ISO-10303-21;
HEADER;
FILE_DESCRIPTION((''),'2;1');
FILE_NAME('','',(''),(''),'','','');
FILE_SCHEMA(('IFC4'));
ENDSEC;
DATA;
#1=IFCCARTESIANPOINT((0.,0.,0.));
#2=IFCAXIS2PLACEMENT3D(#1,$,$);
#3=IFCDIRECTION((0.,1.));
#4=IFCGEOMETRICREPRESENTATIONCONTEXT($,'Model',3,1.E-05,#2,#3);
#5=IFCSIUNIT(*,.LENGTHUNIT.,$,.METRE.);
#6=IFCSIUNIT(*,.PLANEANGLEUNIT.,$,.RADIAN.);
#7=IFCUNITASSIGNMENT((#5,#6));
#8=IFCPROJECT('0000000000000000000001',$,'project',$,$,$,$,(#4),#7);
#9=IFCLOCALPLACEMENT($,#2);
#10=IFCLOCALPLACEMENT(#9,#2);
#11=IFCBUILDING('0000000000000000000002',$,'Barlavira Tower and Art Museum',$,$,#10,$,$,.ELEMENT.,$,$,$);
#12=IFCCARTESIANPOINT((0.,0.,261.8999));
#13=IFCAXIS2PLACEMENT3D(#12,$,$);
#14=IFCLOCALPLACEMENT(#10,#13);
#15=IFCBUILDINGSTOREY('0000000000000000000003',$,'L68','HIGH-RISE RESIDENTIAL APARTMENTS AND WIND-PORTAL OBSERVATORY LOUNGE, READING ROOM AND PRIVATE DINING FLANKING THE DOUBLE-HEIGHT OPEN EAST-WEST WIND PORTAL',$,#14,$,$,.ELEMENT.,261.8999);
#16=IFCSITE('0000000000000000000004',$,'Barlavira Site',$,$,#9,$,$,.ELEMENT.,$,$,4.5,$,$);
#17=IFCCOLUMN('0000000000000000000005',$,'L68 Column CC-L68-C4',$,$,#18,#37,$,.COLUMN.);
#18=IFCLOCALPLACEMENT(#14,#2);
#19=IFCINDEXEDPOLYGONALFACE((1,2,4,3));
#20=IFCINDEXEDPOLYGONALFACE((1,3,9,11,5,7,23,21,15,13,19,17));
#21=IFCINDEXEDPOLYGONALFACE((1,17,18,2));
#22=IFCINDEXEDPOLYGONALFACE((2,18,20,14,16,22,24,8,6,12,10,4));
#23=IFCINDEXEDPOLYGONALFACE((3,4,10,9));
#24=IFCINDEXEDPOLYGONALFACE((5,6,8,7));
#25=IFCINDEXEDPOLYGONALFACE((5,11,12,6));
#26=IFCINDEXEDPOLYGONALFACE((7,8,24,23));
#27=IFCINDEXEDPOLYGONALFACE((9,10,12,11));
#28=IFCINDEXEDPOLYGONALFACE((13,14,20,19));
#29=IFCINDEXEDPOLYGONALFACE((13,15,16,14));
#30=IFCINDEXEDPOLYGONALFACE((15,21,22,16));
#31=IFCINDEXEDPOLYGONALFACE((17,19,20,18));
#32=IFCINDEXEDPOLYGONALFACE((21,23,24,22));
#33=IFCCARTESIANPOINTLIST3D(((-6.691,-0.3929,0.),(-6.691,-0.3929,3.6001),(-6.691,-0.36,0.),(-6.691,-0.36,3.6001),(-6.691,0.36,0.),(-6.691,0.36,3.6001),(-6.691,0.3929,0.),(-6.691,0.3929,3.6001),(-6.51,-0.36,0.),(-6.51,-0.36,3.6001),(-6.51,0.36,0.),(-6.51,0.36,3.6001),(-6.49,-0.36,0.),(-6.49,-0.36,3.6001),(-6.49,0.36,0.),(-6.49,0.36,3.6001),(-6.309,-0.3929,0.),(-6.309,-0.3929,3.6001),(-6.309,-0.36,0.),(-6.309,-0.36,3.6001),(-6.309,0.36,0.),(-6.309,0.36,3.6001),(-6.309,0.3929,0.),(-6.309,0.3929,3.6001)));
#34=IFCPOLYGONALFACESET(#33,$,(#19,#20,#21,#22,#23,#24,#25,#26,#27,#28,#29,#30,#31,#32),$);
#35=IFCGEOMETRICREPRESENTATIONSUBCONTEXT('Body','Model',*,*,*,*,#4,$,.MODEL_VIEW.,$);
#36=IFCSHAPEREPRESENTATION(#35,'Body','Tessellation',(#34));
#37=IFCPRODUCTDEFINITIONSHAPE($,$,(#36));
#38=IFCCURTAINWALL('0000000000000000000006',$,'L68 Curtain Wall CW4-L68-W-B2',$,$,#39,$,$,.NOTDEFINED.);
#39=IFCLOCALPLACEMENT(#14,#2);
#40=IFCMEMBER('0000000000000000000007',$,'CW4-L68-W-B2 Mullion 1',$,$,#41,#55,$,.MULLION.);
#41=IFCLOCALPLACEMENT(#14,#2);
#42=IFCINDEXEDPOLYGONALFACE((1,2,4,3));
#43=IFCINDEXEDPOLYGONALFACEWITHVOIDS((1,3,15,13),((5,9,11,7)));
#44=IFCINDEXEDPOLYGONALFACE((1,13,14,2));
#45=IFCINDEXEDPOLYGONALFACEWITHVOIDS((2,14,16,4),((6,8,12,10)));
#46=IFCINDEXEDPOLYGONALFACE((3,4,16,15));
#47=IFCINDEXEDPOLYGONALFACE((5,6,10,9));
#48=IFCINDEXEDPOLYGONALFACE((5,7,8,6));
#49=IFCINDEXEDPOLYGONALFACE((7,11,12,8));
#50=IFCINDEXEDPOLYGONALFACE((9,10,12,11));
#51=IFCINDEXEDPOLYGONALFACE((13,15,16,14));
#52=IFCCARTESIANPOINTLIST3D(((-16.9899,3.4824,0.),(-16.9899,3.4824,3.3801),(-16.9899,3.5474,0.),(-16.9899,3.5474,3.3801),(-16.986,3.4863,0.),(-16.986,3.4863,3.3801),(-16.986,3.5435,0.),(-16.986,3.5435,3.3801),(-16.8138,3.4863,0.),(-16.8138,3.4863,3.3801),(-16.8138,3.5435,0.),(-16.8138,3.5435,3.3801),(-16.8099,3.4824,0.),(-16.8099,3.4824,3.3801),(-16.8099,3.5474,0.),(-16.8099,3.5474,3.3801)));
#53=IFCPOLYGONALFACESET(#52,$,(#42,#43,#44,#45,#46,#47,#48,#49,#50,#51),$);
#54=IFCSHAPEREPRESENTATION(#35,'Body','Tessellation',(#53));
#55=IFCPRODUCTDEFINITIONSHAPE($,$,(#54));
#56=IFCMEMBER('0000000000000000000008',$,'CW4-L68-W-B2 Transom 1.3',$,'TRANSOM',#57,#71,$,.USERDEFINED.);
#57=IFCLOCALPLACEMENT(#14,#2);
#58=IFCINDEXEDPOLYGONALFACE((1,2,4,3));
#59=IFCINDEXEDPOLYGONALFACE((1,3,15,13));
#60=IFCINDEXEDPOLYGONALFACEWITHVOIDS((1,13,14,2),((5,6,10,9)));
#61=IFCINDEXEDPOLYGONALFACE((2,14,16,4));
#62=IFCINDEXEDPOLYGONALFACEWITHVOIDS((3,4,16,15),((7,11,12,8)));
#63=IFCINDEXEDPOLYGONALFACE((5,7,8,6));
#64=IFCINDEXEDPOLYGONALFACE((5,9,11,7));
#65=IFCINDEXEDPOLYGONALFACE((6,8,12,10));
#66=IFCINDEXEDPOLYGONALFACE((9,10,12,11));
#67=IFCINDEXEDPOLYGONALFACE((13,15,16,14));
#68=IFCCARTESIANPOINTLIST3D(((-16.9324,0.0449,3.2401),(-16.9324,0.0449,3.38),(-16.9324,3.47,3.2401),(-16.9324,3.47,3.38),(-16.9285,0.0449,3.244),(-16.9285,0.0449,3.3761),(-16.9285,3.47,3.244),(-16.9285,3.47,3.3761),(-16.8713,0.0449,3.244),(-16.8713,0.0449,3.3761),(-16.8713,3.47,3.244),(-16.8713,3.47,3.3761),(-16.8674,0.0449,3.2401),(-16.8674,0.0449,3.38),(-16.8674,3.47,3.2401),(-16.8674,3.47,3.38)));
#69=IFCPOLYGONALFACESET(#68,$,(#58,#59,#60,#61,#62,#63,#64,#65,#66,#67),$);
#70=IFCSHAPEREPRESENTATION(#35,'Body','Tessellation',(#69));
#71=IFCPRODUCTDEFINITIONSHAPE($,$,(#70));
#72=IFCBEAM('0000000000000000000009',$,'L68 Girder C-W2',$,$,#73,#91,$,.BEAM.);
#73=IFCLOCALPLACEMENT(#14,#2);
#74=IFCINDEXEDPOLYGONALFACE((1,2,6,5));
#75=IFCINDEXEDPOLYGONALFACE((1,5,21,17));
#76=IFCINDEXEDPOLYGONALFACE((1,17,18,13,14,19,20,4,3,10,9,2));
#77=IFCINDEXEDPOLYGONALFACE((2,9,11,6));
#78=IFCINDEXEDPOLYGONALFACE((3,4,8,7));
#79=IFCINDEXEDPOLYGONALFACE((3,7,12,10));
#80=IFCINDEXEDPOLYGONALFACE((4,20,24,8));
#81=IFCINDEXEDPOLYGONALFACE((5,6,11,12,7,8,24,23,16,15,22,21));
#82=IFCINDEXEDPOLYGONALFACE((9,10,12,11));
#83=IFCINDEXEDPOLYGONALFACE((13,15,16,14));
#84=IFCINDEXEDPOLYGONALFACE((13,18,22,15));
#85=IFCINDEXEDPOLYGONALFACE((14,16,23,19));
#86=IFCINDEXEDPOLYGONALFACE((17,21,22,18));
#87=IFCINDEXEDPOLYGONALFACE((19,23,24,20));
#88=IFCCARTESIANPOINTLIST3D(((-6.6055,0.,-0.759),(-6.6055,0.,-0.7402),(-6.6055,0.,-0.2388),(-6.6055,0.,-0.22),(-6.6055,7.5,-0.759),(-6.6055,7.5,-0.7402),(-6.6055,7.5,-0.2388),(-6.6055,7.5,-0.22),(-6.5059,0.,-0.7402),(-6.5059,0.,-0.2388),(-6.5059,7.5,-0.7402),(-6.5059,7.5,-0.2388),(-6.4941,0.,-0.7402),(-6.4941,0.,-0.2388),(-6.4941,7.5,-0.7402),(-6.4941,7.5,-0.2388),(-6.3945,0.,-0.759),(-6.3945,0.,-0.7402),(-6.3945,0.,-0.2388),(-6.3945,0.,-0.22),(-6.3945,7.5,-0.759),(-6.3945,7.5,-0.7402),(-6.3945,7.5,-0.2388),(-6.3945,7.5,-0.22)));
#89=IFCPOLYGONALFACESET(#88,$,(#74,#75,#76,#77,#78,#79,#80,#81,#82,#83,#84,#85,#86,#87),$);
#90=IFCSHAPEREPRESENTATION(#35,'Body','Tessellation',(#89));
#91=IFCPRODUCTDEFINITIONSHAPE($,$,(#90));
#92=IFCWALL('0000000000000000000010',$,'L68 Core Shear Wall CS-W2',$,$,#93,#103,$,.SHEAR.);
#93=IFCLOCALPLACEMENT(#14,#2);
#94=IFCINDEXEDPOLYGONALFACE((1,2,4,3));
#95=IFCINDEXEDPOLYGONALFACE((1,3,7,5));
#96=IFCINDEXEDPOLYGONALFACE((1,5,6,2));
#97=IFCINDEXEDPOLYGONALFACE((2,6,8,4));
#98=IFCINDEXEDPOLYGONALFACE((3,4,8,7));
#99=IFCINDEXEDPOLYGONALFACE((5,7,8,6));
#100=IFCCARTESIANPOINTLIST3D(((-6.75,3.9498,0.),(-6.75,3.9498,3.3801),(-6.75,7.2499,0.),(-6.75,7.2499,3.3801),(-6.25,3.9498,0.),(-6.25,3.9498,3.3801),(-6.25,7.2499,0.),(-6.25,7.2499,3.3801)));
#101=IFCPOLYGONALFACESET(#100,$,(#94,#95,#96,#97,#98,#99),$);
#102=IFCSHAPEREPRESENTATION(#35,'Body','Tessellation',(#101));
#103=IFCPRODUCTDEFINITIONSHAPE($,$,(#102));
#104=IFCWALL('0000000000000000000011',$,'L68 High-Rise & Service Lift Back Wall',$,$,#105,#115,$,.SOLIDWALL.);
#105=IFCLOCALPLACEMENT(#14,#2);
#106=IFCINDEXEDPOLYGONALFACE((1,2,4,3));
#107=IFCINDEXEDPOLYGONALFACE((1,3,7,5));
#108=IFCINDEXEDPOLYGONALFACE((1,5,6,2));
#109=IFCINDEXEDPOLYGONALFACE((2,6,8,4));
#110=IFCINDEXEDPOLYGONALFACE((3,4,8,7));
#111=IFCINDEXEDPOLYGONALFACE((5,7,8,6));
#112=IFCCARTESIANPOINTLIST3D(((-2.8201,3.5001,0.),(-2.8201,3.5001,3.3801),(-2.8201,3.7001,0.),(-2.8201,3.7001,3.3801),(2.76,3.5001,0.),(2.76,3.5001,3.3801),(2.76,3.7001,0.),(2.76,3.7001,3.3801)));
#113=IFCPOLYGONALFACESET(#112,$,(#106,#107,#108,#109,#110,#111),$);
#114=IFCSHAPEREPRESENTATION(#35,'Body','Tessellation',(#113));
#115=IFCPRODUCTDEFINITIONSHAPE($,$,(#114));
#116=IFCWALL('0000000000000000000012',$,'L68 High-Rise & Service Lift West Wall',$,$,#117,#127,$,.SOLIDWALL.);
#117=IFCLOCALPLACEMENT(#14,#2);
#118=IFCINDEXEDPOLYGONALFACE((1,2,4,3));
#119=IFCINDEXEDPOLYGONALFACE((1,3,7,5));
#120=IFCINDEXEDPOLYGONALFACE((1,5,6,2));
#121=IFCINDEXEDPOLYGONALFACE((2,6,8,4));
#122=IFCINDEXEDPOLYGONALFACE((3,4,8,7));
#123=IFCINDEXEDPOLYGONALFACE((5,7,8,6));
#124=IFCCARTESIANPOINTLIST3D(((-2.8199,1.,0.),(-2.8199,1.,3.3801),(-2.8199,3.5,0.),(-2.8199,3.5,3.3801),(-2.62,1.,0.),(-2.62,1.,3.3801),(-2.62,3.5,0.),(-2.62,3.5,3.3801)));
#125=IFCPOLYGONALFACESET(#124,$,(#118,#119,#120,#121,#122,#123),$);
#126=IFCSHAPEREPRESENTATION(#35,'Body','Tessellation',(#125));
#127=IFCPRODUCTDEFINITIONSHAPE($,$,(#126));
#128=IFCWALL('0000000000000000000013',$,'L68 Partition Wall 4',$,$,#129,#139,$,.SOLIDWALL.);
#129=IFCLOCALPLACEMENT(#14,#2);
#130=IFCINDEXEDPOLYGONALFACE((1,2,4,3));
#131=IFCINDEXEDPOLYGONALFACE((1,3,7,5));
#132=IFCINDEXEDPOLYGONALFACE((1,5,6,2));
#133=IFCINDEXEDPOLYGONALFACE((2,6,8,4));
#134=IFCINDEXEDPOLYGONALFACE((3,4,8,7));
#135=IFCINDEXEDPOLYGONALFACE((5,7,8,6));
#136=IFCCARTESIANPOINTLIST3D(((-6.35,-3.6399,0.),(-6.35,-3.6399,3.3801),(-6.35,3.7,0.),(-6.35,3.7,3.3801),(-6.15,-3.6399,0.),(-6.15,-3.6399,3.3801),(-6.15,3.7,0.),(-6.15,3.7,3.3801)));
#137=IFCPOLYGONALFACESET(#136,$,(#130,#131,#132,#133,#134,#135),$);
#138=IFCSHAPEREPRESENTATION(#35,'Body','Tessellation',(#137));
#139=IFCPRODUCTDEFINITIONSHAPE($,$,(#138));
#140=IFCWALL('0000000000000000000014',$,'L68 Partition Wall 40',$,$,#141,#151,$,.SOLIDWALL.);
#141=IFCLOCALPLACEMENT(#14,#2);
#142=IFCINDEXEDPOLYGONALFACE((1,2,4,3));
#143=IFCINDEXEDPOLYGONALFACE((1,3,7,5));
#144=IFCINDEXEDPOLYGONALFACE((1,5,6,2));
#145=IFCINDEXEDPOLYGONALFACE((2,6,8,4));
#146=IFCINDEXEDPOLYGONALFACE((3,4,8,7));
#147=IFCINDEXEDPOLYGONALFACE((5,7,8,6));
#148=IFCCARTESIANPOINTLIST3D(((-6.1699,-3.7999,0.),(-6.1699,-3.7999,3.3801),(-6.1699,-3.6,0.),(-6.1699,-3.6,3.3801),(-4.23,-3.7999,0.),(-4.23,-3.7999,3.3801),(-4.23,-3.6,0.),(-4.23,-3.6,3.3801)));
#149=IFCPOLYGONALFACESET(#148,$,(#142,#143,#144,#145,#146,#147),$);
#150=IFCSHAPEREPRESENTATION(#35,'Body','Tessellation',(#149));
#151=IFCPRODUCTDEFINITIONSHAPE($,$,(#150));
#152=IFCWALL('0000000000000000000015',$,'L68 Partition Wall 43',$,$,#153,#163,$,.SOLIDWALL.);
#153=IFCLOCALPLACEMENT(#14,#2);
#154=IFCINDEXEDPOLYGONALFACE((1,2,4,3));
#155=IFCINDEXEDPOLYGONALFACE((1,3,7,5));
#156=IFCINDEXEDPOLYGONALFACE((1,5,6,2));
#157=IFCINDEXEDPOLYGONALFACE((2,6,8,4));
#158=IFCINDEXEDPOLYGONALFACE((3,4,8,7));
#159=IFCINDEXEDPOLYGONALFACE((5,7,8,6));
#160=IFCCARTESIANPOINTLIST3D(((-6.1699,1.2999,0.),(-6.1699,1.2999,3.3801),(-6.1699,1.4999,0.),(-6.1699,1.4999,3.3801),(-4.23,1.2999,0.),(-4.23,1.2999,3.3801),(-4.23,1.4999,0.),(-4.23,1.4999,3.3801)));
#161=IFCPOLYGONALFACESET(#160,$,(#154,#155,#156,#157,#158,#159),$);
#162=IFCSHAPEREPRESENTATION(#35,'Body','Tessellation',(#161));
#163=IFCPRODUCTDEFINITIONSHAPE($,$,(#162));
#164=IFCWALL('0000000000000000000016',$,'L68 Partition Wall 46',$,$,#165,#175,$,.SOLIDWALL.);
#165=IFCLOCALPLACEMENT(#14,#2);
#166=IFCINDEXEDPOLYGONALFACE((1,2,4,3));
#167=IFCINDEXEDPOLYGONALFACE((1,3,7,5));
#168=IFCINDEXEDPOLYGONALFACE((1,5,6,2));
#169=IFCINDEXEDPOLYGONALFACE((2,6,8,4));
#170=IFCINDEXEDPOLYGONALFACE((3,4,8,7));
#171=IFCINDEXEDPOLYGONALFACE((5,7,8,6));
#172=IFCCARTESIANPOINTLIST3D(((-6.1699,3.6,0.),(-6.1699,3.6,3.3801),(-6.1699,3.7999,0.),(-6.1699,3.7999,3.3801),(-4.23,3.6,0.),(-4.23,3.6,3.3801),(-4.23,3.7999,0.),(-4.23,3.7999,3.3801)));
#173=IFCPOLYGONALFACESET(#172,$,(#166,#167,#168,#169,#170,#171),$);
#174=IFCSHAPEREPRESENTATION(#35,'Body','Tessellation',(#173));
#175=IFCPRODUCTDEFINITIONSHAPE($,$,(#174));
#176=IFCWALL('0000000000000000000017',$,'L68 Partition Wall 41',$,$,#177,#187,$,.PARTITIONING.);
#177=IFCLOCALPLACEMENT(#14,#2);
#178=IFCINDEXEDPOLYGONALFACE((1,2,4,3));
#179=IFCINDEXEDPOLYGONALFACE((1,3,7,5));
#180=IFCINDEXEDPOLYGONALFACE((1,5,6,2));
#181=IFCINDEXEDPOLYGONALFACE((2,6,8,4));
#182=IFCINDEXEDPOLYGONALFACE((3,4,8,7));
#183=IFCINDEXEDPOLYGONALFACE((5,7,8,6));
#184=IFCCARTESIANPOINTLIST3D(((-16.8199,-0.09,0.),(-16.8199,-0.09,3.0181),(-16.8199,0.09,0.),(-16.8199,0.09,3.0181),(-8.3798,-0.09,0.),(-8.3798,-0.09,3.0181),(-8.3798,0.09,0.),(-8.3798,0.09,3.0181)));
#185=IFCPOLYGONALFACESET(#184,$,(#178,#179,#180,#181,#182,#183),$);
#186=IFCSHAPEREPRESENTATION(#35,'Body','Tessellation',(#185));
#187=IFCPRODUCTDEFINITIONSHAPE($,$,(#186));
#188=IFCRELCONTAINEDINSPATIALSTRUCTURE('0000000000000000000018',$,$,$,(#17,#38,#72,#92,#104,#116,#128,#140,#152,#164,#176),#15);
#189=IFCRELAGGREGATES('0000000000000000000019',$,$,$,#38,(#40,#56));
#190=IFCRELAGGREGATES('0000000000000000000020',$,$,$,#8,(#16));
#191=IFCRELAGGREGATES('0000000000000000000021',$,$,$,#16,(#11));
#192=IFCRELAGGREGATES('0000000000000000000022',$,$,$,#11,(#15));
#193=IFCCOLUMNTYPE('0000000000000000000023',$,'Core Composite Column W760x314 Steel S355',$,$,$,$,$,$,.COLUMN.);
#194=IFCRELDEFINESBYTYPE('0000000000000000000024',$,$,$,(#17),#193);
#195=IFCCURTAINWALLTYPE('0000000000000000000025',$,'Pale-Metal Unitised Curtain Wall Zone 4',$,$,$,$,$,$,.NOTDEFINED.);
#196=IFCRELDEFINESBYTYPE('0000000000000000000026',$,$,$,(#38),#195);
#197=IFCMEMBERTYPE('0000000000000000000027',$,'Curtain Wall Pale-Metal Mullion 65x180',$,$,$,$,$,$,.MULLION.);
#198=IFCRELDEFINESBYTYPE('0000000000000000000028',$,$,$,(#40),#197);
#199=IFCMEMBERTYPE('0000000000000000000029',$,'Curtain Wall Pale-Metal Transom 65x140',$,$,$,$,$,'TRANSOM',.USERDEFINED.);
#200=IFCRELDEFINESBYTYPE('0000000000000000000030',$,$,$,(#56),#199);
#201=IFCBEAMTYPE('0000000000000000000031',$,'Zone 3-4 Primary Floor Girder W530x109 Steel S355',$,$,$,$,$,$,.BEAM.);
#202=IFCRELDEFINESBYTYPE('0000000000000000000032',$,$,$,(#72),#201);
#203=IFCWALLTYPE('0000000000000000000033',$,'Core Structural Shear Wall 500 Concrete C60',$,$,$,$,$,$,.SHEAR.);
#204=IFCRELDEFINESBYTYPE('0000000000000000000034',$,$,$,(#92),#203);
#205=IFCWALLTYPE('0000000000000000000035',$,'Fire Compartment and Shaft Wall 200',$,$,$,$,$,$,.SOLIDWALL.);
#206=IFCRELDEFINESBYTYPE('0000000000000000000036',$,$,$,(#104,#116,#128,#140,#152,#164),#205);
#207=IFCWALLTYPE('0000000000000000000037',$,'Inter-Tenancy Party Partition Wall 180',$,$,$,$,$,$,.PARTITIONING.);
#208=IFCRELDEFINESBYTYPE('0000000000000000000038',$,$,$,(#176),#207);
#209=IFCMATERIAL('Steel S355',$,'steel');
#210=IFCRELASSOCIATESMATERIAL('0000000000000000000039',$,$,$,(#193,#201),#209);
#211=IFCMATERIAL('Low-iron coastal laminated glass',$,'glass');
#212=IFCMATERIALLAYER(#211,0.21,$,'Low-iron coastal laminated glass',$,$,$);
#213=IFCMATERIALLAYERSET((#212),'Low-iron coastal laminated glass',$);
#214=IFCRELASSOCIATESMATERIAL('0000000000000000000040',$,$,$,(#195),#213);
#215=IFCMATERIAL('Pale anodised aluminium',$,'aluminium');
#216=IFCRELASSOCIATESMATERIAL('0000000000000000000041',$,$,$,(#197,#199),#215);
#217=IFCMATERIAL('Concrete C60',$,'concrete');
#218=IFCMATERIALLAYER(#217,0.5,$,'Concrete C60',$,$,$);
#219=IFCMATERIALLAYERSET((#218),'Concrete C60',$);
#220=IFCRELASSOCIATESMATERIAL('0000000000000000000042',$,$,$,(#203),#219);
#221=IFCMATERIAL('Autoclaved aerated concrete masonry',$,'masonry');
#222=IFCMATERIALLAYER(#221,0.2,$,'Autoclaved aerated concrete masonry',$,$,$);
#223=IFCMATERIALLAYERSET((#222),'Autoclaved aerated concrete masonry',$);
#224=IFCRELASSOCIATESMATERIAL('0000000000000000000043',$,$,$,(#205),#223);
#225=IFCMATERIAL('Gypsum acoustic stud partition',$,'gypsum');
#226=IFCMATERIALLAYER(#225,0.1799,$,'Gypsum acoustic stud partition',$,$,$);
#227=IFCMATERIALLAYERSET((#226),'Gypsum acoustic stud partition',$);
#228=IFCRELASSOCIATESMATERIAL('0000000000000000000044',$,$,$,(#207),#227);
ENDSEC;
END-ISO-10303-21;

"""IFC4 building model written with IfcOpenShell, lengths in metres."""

from ifc_helpers import new_model, si_unit, direction, frame, frame_2d, origin, origin_2d, place, context, subcontext, project, spatial, rectangle, hollow_rectangle, i_section, extrude, material, layer, layer_set, material_profile, profile_set, type_object, element, aggregate, save


model = new_model("IFC4")

# Units and contexts
model_context = context("Model", 3, precision=1e-05, world=origin(), true_north=direction((0.0, 1.0)))
body_context = subcontext(model_context, "Body", "Model", "MODEL_VIEW")
ifc_project = project(units=[si_unit("LENGTHUNIT", "METRE"), si_unit("PLANEANGLEUNIT", "RADIAN")], contexts=[model_context])

# Site, building, storey
site_placement = place(None, origin())
site = spatial("IfcSite", under=ifc_project, at=site_placement, Name="Barlavira Site", CompositionType="ELEMENT", RefElevation=4.5)
building_placement = place(site_placement, origin())
building = spatial("IfcBuilding", under=site, at=building_placement, Name="Barlavira Tower and Art Museum", CompositionType="ELEMENT")
storey_placement = place(building_placement, frame((0.0, 0.0, 261.8999)))
storey = spatial("IfcBuildingStorey", under=building, at=storey_placement, Name="L68", Description="HIGH-RISE RESIDENTIAL APARTMENTS AND WIND-PORTAL OBSERVATORY LOUNGE, READING ROOM AND PRIVATE DINING FLANKING THE DOUBLE-HEIGHT OPEN EAST-WEST WIND PORTAL", CompositionType="ELEMENT", Elevation=261.8999)

# Column
ifc_material_1 = material(Name="Steel S355", Category="steel")
ifc_material_profile_1 = material_profile(ifc_material_1, i_section(OverallWidth=0.3821, OverallDepth=0.7859, WebThickness=0.02, FlangeThickness=0.033, at=origin_2d()), Name="W760x314.0")
ifc_profile_set_1 = profile_set([ifc_material_profile_1], Name="Steel S355")
column_type = type_object("IfcColumnType", Name="Core Composite Column W760x314 Steel S355", PredefinedType="COLUMN", material=ifc_profile_set_1)
column_placement = place(storey_placement, frame((-6.5, 0.0, 0.0), z_axis=(0.0, 0.0, 1.0), x_axis=(1.0, 0.0, 0.0)))
element("IfcColumn", 1, at=column_placement, inside=storey, type_object=column_type, Name="L68 Column CC-L68-C4", PredefinedType="COLUMN", context=body_context, shape_type="SweptSolid", body=[
    extrude(i_section(OverallWidth=0.3821, OverallDepth=0.7859, WebThickness=0.02, FlangeThickness=0.033, at=origin_2d()), origin(), (0.0, 0.0, 1.0), 3.6001),
])

# Curtain wall, members
ifc_material_2 = material(Name="Low-iron coastal laminated glass", Category="glass")
ifc_layer_1 = layer(ifc_material_2, 0.21, Name="Low-iron coastal laminated glass")
ifc_layer_set_1 = layer_set([ifc_layer_1], Name="Low-iron coastal laminated glass")
curtain_wall_type = type_object("IfcCurtainWallType", Name="Pale-Metal Unitised Curtain Wall Zone 4", PredefinedType="NOTDEFINED", material=ifc_layer_set_1)
curtain_wall_placement = place(storey_placement, origin())
curtain_wall = element("IfcCurtainWall", 2, at=curtain_wall_placement, inside=storey, type_object=curtain_wall_type, Name="L68 Curtain Wall CW4-L68-W-B2", PredefinedType="NOTDEFINED")
ifc_material_3 = material(Name="Pale anodised aluminium", Category="aluminium")
ifc_material_profile_2 = material_profile(ifc_material_3, hollow_rectangle(XDim=0.0649, YDim=0.1799, WallThickness=0.0039, at=origin_2d()), Name="ALU-MULL 65x180x4")
ifc_profile_set_2 = profile_set([ifc_material_profile_2], Name="Pale anodised aluminium")
member_type_1 = type_object("IfcMemberType", Name="Curtain Wall Pale-Metal Mullion 65x180", PredefinedType="MULLION", material=ifc_profile_set_2)
member_1_placement = place(storey_placement, frame((-16.8999, 3.5149, 0.0), z_axis=(0.0, 0.0, 1.0), x_axis=(0.0, -1.0, 0.0)))
member_1 = element("IfcMember", 3, at=member_1_placement, type_object=member_type_1, Name="CW4-L68-W-B2 Mullion 1", PredefinedType="MULLION", context=body_context, shape_type="SweptSolid", body=[
    extrude(hollow_rectangle(XDim=0.0649, YDim=0.1799, WallThickness=0.0039, at=origin_2d()), origin(), (0.0, 0.0, 1.0), 3.3801),
])
ifc_material_profile_3 = material_profile(ifc_material_3, hollow_rectangle(XDim=0.0649, YDim=0.1399, WallThickness=0.0039, at=origin_2d()), Name="ALU-TRAN 65x140x4")
ifc_profile_set_3 = profile_set([ifc_material_profile_3], Name="Pale anodised aluminium")
member_type_2 = type_object("IfcMemberType", Name="Curtain Wall Pale-Metal Transom 65x140", ElementType="TRANSOM", PredefinedType="USERDEFINED", material=ifc_profile_set_3)
member_2_placement = place(storey_placement, frame((-16.8999, 3.47, 3.3101), z_axis=(0.0, -1.0, 0.0), x_axis=(1.0, 0.0, 0.0)))
member_2 = element("IfcMember", 4, at=member_2_placement, type_object=member_type_2, Name="CW4-L68-W-B2 Transom 1.3", ObjectType="TRANSOM", PredefinedType="USERDEFINED", context=body_context, shape_type="SweptSolid", body=[
    extrude(hollow_rectangle(XDim=0.0649, YDim=0.1399, WallThickness=0.0039, at=origin_2d()), origin(), (0.0, 0.0, 1.0), 3.425),
])
aggregate(curtain_wall, [member_1, member_2])

# Beam
ifc_material_profile_4 = material_profile(ifc_material_1, i_section(OverallWidth=0.2109, OverallDepth=0.5391, WebThickness=0.0117, FlangeThickness=0.0188, at=origin_2d()), Name="W530x109.0")
ifc_profile_set_4 = profile_set([ifc_material_profile_4], Name="Steel S355")
beam_type = type_object("IfcBeamType", Name="Zone 3-4 Primary Floor Girder W530x109 Steel S355", PredefinedType="BEAM", material=ifc_profile_set_4)
beam_placement = place(storey_placement, frame((-6.5, 0.0, -0.4895), z_axis=(0.0, 1.0, 0.0), x_axis=(-1.0, 0.0, 0.0)))
element("IfcBeam", 5, at=beam_placement, inside=storey, type_object=beam_type, Name="L68 Girder C-W2", PredefinedType="BEAM", context=body_context, shape_type="SweptSolid", body=[
    extrude(i_section(OverallWidth=0.2109, OverallDepth=0.5391, WebThickness=0.0117, FlangeThickness=0.0188, at=origin_2d()), origin(), (0.0, 0.0, 1.0), 7.5),
])

# Wall
ifc_material_4 = material(Name="Concrete C60", Category="concrete")
ifc_layer_2 = layer(ifc_material_4, 0.5, Name="Concrete C60")
ifc_layer_set_2 = layer_set([ifc_layer_2], Name="Concrete C60")
wall_type_1 = type_object("IfcWallType", Name="Core Structural Shear Wall 500 Concrete C60", PredefinedType="SHEAR", material=ifc_layer_set_2)
wall_1_placement = place(storey_placement, frame((-6.5, 3.95, 0.0), z_axis=(0.0, 0.0, 1.0), x_axis=(0.0, 1.0, 0.0)))
element("IfcWall", 6, at=wall_1_placement, inside=storey, type_object=wall_type_1, Name="L68 Core Shear Wall CS-W2", PredefinedType="SHEAR", context=body_context, shape_type="SweptSolid", body=[
    extrude(rectangle(XDim=3.3, YDim=0.5, at=frame_2d((1.6499, 0.0))), origin(), (0.0, 0.0, 1.0), 3.3801),
])

# Shared definitions
ifc_material_5 = material(Name="Autoclaved aerated concrete masonry", Category="masonry")
ifc_layer_3 = layer(ifc_material_5, 0.2, Name="Autoclaved aerated concrete masonry")
ifc_layer_set_3 = layer_set([ifc_layer_3], Name="Autoclaved aerated concrete masonry")
wall_type_2 = type_object("IfcWallType", Name="Fire Compartment and Shaft Wall 200", PredefinedType="SOLIDWALL", material=ifc_layer_set_3)

# Walls
wall_2_placement = place(storey_placement, frame((-2.8201, 3.6001, 0.0), z_axis=(0.0, 0.0, 1.0), x_axis=(1.0, 0.0, 0.0)))
element("IfcWall", 7, at=wall_2_placement, inside=storey, type_object=wall_type_2, Name="L68 High-Rise & Service Lift Back Wall", PredefinedType="SOLIDWALL", context=body_context, shape_type="SweptSolid", body=[
    extrude(rectangle(XDim=5.5801, YDim=0.2, at=frame_2d((2.79, 0.0))), origin(), (0.0, 0.0, 1.0), 3.3801),
])
wall_3_placement = place(storey_placement, frame((-2.72, 1.0, 0.0), z_axis=(0.0, 0.0, 1.0), x_axis=(0.0, 1.0, 0.0)))
element("IfcWall", 8, at=wall_3_placement, inside=storey, type_object=wall_type_2, Name="L68 High-Rise & Service Lift West Wall", PredefinedType="SOLIDWALL", context=body_context, shape_type="SweptSolid", body=[
    extrude(rectangle(XDim=2.5, YDim=0.2, at=frame_2d((1.25, 0.0))), origin(), (0.0, 0.0, 1.0), 3.3801),
])
wall_4_placement = place(storey_placement, frame((-6.25, -3.6399, 0.0), z_axis=(0.0, 0.0, 1.0), x_axis=(0.0, 1.0, 0.0)))
element("IfcWall", 9, at=wall_4_placement, inside=storey, type_object=wall_type_2, Name="L68 Partition Wall 4", PredefinedType="SOLIDWALL", context=body_context, shape_type="SweptSolid", body=[
    extrude(rectangle(XDim=7.3398, YDim=0.2, at=frame_2d((3.6699, 0.0))), origin(), (0.0, 0.0, 1.0), 3.3801),
])

# Walls
for number, where, z_axis, x_axis, name in (
    (10, (-6.1699, -3.7, 0.0), (0.0, 0.0, 1.0), (1.0, 0.0, 0.0), "L68 Partition Wall 40"),
    (11, (-6.1699, 1.3999, 0.0), (0.0, 0.0, 1.0), (1.0, 0.0, 0.0), "L68 Partition Wall 43"),
    (12, (-6.1699, 3.7, 0.0), (0.0, 0.0, 1.0), (1.0, 0.0, 0.0), "L68 Partition Wall 46"),
):
    element("IfcWall", number, at=place(storey_placement, frame(where, z_axis=z_axis, x_axis=x_axis)), inside=storey, type_object=wall_type_2, Name=name, PredefinedType="SOLIDWALL", context=body_context, shape_type="SweptSolid", body=[
        extrude(rectangle(XDim=1.9399, YDim=0.2, at=frame_2d((0.97, 0.0))), origin(), (0.0, 0.0, 1.0), 3.3801),
    ])
ifc_material_6 = material(Name="Gypsum acoustic stud partition", Category="gypsum")
ifc_layer_4 = layer(ifc_material_6, 0.1799, Name="Gypsum acoustic stud partition")
ifc_layer_set_4 = layer_set([ifc_layer_4], Name="Gypsum acoustic stud partition")
wall_type_3 = type_object("IfcWallType", Name="Inter-Tenancy Party Partition Wall 180", PredefinedType="PARTITIONING", material=ifc_layer_set_4)
wall_5_placement = place(storey_placement, frame((-16.8201, 0.0, 0.0), z_axis=(0.0, 0.0, 1.0), x_axis=(1.0, 0.0, 0.0)))
element("IfcWall", 13, at=wall_5_placement, inside=storey, type_object=wall_type_3, Name="L68 Partition Wall 41", PredefinedType="PARTITIONING", context=body_context, shape_type="SweptSolid", body=[
    extrude(rectangle(XDim=8.4402, YDim=0.1799, at=frame_2d((4.2202, 0.0))), origin(), (0.0, 0.0, 1.0), 3.0181),
])

save(model, "model.ifc")
